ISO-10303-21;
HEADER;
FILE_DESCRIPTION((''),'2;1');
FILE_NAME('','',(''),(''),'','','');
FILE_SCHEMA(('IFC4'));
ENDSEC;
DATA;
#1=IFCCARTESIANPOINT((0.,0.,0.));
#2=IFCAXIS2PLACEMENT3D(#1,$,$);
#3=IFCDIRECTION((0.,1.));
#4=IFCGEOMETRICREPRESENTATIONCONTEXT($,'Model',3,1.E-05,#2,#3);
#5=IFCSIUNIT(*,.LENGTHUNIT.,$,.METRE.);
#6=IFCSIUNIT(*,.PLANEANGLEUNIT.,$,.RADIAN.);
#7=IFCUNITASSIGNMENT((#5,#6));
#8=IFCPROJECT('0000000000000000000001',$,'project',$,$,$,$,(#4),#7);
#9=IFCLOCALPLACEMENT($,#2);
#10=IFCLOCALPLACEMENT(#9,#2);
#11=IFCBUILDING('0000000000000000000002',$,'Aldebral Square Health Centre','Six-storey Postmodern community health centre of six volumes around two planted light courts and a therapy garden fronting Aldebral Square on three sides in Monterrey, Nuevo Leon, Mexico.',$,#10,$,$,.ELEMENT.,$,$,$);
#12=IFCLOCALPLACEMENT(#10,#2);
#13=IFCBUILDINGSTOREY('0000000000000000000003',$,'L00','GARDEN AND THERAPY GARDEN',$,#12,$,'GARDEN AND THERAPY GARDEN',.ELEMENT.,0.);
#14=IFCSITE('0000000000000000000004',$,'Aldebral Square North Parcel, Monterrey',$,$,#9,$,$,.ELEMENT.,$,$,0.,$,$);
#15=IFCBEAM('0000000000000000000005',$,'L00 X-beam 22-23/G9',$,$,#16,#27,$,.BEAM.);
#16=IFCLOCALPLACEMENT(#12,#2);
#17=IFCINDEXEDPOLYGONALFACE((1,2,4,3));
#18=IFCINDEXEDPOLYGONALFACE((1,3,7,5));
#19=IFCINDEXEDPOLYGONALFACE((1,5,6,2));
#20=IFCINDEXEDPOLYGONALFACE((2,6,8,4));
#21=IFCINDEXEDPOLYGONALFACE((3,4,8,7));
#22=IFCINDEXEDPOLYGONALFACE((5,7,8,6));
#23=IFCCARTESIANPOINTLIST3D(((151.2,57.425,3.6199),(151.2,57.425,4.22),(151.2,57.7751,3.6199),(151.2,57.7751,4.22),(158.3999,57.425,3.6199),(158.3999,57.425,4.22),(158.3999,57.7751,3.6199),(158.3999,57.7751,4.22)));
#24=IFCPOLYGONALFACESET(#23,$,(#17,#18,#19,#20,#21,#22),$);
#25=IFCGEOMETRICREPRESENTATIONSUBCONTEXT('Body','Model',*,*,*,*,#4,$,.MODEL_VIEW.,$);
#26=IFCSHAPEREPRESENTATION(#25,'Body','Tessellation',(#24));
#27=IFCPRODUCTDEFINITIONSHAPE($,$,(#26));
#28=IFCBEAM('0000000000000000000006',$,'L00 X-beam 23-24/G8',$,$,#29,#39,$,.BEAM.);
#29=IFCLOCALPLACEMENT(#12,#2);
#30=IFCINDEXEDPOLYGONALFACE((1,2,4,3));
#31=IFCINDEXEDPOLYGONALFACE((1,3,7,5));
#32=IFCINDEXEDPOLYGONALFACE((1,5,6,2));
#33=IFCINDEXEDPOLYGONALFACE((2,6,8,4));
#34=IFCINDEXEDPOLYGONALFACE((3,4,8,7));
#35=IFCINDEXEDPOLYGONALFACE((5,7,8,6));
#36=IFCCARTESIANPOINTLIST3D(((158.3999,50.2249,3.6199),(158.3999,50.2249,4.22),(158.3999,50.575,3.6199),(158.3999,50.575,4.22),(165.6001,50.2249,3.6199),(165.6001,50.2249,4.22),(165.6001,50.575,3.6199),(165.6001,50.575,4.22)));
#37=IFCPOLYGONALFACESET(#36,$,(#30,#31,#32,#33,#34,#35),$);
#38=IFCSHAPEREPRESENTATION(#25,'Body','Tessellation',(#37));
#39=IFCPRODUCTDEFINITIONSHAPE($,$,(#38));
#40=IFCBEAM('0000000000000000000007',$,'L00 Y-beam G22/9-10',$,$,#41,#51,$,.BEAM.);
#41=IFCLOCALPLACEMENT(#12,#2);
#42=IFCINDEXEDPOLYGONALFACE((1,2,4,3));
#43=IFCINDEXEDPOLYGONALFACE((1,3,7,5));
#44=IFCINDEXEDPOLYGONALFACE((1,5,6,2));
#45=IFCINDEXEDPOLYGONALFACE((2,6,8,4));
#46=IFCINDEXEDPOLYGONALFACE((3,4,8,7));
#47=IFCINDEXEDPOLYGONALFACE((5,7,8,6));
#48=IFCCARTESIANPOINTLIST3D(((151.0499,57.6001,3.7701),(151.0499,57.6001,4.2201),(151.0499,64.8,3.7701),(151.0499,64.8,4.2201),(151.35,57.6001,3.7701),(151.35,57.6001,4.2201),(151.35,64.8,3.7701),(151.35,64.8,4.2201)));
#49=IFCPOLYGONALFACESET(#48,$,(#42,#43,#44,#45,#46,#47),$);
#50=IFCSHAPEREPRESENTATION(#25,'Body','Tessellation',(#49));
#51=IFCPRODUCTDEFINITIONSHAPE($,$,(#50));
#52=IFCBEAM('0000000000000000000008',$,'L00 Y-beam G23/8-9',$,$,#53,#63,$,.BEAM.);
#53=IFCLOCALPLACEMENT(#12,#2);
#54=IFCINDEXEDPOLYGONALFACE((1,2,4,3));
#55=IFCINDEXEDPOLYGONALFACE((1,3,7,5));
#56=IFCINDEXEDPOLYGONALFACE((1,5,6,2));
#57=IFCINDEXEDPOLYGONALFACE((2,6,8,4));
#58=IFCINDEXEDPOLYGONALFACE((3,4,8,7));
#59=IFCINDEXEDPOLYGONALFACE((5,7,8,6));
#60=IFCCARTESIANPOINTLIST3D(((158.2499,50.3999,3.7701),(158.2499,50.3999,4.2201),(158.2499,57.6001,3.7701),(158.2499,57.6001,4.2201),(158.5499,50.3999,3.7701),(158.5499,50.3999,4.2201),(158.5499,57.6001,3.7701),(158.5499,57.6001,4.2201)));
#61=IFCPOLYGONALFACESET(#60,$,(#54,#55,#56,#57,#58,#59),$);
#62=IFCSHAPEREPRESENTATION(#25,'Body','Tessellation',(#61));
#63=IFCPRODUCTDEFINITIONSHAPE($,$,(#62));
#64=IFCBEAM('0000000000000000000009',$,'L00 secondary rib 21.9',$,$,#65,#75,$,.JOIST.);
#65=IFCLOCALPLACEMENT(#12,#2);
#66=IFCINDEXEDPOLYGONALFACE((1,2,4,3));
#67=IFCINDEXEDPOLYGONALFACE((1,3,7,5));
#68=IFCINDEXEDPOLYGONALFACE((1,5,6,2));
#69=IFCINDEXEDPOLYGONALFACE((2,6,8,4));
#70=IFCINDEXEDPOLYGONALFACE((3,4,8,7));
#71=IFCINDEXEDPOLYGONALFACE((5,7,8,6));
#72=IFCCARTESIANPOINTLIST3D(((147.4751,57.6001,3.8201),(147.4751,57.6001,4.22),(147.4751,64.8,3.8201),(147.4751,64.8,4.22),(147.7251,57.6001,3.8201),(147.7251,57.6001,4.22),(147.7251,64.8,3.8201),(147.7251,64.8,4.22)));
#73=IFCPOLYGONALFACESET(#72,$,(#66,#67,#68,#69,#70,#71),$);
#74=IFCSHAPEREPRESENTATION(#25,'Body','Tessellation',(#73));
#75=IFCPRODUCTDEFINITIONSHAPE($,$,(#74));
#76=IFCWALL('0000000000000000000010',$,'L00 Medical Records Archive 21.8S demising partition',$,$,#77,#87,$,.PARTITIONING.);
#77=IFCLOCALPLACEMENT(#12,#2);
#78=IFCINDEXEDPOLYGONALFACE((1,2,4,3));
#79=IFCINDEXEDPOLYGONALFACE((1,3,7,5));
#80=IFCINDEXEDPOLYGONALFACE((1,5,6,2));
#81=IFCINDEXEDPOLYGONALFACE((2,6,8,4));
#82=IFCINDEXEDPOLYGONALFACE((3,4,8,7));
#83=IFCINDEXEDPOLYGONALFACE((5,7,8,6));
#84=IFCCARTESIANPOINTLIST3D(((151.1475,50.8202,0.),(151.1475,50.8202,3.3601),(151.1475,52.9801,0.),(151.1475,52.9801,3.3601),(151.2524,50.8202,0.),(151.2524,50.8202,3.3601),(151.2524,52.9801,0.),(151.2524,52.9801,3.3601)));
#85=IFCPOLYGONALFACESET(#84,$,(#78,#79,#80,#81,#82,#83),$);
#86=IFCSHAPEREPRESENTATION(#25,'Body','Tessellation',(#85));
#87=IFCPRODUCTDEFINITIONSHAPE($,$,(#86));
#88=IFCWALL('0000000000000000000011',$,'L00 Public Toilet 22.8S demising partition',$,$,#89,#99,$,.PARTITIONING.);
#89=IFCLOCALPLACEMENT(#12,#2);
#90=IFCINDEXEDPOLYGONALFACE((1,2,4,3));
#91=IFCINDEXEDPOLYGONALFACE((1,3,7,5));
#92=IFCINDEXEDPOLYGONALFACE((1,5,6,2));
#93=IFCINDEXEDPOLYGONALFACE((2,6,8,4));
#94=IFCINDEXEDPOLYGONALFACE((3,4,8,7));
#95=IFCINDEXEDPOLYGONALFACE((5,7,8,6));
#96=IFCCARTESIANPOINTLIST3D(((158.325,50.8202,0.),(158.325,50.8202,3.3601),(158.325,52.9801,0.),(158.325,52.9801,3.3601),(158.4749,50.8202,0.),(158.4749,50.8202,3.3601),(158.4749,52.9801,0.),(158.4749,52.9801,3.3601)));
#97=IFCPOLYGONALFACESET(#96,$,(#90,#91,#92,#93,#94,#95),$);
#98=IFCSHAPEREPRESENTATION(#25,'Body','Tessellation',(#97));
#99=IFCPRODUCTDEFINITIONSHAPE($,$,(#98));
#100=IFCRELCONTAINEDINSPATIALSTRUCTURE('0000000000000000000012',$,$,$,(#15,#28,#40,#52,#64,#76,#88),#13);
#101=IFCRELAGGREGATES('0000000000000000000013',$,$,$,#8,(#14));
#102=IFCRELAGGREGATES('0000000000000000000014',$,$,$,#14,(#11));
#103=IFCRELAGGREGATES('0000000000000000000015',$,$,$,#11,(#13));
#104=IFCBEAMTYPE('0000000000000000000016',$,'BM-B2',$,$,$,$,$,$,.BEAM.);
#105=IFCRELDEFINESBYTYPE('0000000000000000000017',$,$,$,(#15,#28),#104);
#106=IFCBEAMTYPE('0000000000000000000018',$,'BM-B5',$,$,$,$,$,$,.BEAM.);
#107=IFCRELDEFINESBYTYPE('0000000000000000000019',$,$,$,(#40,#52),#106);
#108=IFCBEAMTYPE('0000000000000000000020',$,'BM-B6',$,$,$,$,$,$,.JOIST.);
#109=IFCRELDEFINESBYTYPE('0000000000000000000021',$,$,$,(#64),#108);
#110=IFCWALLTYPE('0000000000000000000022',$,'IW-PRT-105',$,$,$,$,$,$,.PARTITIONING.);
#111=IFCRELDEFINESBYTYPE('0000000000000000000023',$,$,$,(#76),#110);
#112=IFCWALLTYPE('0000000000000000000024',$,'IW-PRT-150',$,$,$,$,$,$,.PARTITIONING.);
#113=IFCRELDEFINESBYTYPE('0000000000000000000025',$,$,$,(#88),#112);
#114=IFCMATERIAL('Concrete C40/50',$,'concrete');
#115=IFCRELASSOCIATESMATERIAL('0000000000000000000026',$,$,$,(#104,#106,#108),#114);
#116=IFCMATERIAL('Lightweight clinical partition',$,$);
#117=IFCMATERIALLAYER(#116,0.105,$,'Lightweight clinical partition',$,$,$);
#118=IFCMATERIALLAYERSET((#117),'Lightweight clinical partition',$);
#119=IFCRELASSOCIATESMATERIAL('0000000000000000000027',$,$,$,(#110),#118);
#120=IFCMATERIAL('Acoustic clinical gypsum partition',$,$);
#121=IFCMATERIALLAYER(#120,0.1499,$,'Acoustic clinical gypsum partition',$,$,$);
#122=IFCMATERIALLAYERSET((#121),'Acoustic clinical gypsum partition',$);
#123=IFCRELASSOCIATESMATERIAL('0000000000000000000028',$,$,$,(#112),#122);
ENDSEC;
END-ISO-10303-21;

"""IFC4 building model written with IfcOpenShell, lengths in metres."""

from ifc_helpers import new_model, si_unit, direction, frame, frame_2d, origin, origin_2d, place, context, subcontext, project, spatial, rectangle, extrude, material, layer, layer_set, material_profile, profile_set, type_object, element, save


model = new_model("IFC4")

# Units and contexts
model_context = context("Model", 3, precision=1e-05, world=origin(), true_north=direction((0.0, 1.0)))
body_context = subcontext(model_context, "Body", "Model", "MODEL_VIEW")
ifc_project = project(units=[si_unit("LENGTHUNIT", "METRE"), si_unit("PLANEANGLEUNIT", "RADIAN")], contexts=[model_context])

# Site, building, storey
site_placement = place(None, origin())
site = spatial("IfcSite", under=ifc_project, at=site_placement, Name="Aldebral Square North Parcel, Monterrey", CompositionType="ELEMENT", RefElevation=0.0)
building_placement = place(site_placement, origin())
building = spatial("IfcBuilding", under=site, at=building_placement, Name="Aldebral Square Health Centre", Description="Six-storey Postmodern community health centre of six volumes around two planted light courts and a therapy garden fronting Aldebral Square on three sides in Monterrey, Nuevo Leon, Mexico.", CompositionType="ELEMENT")
storey_placement = place(building_placement, origin())
storey = spatial("IfcBuildingStorey", under=building, at=storey_placement, Name="L00", Description="GARDEN AND THERAPY GARDEN", LongName="GARDEN AND THERAPY GARDEN", CompositionType="ELEMENT", Elevation=0.0)

# Shared definitions
ifc_material_1 = material(Name="Concrete C40/50", Category="concrete")

# Beams
ifc_material_profile_1 = material_profile(ifc_material_1, rectangle(XDim=0.3501, YDim=0.6001, at=origin_2d()), Name="RC 350x600")
ifc_profile_set_1 = profile_set([ifc_material_profile_1], Name="Concrete C40/50")
beam_type_1 = type_object("IfcBeamType", Name="BM-B2", PredefinedType="BEAM", material=ifc_profile_set_1)
beam_1_placement = place(storey_placement, frame((151.2, 57.6001, 3.9199), z_axis=(1.0, 0.0, 0.0), x_axis=(0.0, 1.0, 0.0)))
element("IfcBeam", 1, at=beam_1_placement, inside=storey, type_object=beam_type_1, Name="L00 X-beam 22-23/G9", PredefinedType="BEAM", context=body_context, shape_type="SweptSolid", body=[
    extrude(rectangle(XDim=0.3501, YDim=0.6001, at=origin_2d()), origin(), (0.0, 0.0, 1.0), 7.2),
])
beam_2_placement = place(storey_placement, frame((158.3999, 50.3999, 3.9199), z_axis=(1.0, 0.0, 0.0), x_axis=(0.0, 1.0, 0.0)))
element("IfcBeam", 2, at=beam_2_placement, inside=storey, type_object=beam_type_1, Name="L00 X-beam 23-24/G8", PredefinedType="BEAM", context=body_context, shape_type="SweptSolid", body=[
    extrude(rectangle(XDim=0.3501, YDim=0.6001, at=origin_2d()), origin(), (0.0, 0.0, 1.0), 7.2002),
])
ifc_material_profile_2 = material_profile(ifc_material_1, rectangle(XDim=0.3, YDim=0.45, at=origin_2d()), Name="RC 300x450")
ifc_profile_set_2 = profile_set([ifc_material_profile_2], Name="Concrete C40/50")
beam_type_2 = type_object("IfcBeamType", Name="BM-B5", PredefinedType="BEAM", material=ifc_profile_set_2)
beam_3_placement = place(storey_placement, frame((151.2, 57.6001, 3.9951), z_axis=(0.0, 1.0, 0.0), x_axis=(-1.0, 0.0, 0.0)))
element("IfcBeam", 3, at=beam_3_placement, inside=storey, type_object=beam_type_2, Name="L00 Y-beam G22/9-10", PredefinedType="BEAM", context=body_context, shape_type="SweptSolid", body=[
    extrude(rectangle(XDim=0.3, YDim=0.45, at=origin_2d()), origin(), (0.0, 0.0, 1.0), 7.2),
])
beam_4_placement = place(storey_placement, frame((158.3999, 50.3999, 3.9951), z_axis=(0.0, 1.0, 0.0), x_axis=(-1.0, 0.0, 0.0)))
element("IfcBeam", 4, at=beam_4_placement, inside=storey, type_object=beam_type_2, Name="L00 Y-beam G23/8-9", PredefinedType="BEAM", context=body_context, shape_type="SweptSolid", body=[
    extrude(rectangle(XDim=0.3, YDim=0.45, at=origin_2d()), origin(), (0.0, 0.0, 1.0), 7.2002),
])
ifc_material_profile_3 = material_profile(ifc_material_1, rectangle(XDim=0.25, YDim=0.3999, at=origin_2d()), Name="RC 250x400")
ifc_profile_set_3 = profile_set([ifc_material_profile_3], Name="Concrete C40/50")
beam_type_3 = type_object("IfcBeamType", Name="BM-B6", PredefinedType="JOIST", material=ifc_profile_set_3)
beam_5_placement = place(storey_placement, frame((147.6001, 57.6001, 4.02), z_axis=(0.0, 1.0, 0.0), x_axis=(-1.0, 0.0, 0.0)))
element("IfcBeam", 5, at=beam_5_placement, inside=storey, type_object=beam_type_3, Name="L00 secondary rib 21.9", PredefinedType="JOIST", context=body_context, shape_type="SweptSolid", body=[
    extrude(rectangle(XDim=0.25, YDim=0.3999, at=origin_2d()), origin(), (0.0, 0.0, 1.0), 7.2),
])

# Walls
ifc_material_2 = material(Name="Lightweight clinical partition")
ifc_layer_1 = layer(ifc_material_2, 0.105, Name="Lightweight clinical partition")
ifc_layer_set_1 = layer_set([ifc_layer_1], Name="Lightweight clinical partition")
wall_type_1 = type_object("IfcWallType", Name="IW-PRT-105", PredefinedType="PARTITIONING", material=ifc_layer_set_1)
wall_1_placement = place(storey_placement, frame((151.2, 50.8201, 0.0), z_axis=(0.0, 0.0, 1.0), x_axis=(0.0, 1.0, 0.0)))
element("IfcWall", 6, at=wall_1_placement, inside=storey, type_object=wall_type_1, Name="L00 Medical Records Archive 21.8S demising partition", PredefinedType="PARTITIONING", context=body_context, shape_type="SweptSolid", body=[
    extrude(rectangle(XDim=2.1599, YDim=0.105, at=frame_2d((1.0801, 0.0))), origin(), (0.0, 0.0, 1.0), 3.3601),
])
ifc_material_3 = material(Name="Acoustic clinical gypsum partition")
ifc_layer_2 = layer(ifc_material_3, 0.1499, Name="Acoustic clinical gypsum partition")
ifc_layer_set_2 = layer_set([ifc_layer_2], Name="Acoustic clinical gypsum partition")
wall_type_2 = type_object("IfcWallType", Name="IW-PRT-150", PredefinedType="PARTITIONING", material=ifc_layer_set_2)
wall_2_placement = place(storey_placement, frame((158.3999, 50.8201, 0.0), z_axis=(0.0, 0.0, 1.0), x_axis=(0.0, 1.0, 0.0)))
element("IfcWall", 7, at=wall_2_placement, inside=storey, type_object=wall_type_2, Name="L00 Public Toilet 22.8S demising partition", PredefinedType="PARTITIONING", context=body_context, shape_type="SweptSolid", body=[
    extrude(rectangle(XDim=2.1599, YDim=0.1499, at=frame_2d((1.0801, 0.0))), origin(), (0.0, 0.0, 1.0), 3.3601),
])

save(model, "model.ifc")
